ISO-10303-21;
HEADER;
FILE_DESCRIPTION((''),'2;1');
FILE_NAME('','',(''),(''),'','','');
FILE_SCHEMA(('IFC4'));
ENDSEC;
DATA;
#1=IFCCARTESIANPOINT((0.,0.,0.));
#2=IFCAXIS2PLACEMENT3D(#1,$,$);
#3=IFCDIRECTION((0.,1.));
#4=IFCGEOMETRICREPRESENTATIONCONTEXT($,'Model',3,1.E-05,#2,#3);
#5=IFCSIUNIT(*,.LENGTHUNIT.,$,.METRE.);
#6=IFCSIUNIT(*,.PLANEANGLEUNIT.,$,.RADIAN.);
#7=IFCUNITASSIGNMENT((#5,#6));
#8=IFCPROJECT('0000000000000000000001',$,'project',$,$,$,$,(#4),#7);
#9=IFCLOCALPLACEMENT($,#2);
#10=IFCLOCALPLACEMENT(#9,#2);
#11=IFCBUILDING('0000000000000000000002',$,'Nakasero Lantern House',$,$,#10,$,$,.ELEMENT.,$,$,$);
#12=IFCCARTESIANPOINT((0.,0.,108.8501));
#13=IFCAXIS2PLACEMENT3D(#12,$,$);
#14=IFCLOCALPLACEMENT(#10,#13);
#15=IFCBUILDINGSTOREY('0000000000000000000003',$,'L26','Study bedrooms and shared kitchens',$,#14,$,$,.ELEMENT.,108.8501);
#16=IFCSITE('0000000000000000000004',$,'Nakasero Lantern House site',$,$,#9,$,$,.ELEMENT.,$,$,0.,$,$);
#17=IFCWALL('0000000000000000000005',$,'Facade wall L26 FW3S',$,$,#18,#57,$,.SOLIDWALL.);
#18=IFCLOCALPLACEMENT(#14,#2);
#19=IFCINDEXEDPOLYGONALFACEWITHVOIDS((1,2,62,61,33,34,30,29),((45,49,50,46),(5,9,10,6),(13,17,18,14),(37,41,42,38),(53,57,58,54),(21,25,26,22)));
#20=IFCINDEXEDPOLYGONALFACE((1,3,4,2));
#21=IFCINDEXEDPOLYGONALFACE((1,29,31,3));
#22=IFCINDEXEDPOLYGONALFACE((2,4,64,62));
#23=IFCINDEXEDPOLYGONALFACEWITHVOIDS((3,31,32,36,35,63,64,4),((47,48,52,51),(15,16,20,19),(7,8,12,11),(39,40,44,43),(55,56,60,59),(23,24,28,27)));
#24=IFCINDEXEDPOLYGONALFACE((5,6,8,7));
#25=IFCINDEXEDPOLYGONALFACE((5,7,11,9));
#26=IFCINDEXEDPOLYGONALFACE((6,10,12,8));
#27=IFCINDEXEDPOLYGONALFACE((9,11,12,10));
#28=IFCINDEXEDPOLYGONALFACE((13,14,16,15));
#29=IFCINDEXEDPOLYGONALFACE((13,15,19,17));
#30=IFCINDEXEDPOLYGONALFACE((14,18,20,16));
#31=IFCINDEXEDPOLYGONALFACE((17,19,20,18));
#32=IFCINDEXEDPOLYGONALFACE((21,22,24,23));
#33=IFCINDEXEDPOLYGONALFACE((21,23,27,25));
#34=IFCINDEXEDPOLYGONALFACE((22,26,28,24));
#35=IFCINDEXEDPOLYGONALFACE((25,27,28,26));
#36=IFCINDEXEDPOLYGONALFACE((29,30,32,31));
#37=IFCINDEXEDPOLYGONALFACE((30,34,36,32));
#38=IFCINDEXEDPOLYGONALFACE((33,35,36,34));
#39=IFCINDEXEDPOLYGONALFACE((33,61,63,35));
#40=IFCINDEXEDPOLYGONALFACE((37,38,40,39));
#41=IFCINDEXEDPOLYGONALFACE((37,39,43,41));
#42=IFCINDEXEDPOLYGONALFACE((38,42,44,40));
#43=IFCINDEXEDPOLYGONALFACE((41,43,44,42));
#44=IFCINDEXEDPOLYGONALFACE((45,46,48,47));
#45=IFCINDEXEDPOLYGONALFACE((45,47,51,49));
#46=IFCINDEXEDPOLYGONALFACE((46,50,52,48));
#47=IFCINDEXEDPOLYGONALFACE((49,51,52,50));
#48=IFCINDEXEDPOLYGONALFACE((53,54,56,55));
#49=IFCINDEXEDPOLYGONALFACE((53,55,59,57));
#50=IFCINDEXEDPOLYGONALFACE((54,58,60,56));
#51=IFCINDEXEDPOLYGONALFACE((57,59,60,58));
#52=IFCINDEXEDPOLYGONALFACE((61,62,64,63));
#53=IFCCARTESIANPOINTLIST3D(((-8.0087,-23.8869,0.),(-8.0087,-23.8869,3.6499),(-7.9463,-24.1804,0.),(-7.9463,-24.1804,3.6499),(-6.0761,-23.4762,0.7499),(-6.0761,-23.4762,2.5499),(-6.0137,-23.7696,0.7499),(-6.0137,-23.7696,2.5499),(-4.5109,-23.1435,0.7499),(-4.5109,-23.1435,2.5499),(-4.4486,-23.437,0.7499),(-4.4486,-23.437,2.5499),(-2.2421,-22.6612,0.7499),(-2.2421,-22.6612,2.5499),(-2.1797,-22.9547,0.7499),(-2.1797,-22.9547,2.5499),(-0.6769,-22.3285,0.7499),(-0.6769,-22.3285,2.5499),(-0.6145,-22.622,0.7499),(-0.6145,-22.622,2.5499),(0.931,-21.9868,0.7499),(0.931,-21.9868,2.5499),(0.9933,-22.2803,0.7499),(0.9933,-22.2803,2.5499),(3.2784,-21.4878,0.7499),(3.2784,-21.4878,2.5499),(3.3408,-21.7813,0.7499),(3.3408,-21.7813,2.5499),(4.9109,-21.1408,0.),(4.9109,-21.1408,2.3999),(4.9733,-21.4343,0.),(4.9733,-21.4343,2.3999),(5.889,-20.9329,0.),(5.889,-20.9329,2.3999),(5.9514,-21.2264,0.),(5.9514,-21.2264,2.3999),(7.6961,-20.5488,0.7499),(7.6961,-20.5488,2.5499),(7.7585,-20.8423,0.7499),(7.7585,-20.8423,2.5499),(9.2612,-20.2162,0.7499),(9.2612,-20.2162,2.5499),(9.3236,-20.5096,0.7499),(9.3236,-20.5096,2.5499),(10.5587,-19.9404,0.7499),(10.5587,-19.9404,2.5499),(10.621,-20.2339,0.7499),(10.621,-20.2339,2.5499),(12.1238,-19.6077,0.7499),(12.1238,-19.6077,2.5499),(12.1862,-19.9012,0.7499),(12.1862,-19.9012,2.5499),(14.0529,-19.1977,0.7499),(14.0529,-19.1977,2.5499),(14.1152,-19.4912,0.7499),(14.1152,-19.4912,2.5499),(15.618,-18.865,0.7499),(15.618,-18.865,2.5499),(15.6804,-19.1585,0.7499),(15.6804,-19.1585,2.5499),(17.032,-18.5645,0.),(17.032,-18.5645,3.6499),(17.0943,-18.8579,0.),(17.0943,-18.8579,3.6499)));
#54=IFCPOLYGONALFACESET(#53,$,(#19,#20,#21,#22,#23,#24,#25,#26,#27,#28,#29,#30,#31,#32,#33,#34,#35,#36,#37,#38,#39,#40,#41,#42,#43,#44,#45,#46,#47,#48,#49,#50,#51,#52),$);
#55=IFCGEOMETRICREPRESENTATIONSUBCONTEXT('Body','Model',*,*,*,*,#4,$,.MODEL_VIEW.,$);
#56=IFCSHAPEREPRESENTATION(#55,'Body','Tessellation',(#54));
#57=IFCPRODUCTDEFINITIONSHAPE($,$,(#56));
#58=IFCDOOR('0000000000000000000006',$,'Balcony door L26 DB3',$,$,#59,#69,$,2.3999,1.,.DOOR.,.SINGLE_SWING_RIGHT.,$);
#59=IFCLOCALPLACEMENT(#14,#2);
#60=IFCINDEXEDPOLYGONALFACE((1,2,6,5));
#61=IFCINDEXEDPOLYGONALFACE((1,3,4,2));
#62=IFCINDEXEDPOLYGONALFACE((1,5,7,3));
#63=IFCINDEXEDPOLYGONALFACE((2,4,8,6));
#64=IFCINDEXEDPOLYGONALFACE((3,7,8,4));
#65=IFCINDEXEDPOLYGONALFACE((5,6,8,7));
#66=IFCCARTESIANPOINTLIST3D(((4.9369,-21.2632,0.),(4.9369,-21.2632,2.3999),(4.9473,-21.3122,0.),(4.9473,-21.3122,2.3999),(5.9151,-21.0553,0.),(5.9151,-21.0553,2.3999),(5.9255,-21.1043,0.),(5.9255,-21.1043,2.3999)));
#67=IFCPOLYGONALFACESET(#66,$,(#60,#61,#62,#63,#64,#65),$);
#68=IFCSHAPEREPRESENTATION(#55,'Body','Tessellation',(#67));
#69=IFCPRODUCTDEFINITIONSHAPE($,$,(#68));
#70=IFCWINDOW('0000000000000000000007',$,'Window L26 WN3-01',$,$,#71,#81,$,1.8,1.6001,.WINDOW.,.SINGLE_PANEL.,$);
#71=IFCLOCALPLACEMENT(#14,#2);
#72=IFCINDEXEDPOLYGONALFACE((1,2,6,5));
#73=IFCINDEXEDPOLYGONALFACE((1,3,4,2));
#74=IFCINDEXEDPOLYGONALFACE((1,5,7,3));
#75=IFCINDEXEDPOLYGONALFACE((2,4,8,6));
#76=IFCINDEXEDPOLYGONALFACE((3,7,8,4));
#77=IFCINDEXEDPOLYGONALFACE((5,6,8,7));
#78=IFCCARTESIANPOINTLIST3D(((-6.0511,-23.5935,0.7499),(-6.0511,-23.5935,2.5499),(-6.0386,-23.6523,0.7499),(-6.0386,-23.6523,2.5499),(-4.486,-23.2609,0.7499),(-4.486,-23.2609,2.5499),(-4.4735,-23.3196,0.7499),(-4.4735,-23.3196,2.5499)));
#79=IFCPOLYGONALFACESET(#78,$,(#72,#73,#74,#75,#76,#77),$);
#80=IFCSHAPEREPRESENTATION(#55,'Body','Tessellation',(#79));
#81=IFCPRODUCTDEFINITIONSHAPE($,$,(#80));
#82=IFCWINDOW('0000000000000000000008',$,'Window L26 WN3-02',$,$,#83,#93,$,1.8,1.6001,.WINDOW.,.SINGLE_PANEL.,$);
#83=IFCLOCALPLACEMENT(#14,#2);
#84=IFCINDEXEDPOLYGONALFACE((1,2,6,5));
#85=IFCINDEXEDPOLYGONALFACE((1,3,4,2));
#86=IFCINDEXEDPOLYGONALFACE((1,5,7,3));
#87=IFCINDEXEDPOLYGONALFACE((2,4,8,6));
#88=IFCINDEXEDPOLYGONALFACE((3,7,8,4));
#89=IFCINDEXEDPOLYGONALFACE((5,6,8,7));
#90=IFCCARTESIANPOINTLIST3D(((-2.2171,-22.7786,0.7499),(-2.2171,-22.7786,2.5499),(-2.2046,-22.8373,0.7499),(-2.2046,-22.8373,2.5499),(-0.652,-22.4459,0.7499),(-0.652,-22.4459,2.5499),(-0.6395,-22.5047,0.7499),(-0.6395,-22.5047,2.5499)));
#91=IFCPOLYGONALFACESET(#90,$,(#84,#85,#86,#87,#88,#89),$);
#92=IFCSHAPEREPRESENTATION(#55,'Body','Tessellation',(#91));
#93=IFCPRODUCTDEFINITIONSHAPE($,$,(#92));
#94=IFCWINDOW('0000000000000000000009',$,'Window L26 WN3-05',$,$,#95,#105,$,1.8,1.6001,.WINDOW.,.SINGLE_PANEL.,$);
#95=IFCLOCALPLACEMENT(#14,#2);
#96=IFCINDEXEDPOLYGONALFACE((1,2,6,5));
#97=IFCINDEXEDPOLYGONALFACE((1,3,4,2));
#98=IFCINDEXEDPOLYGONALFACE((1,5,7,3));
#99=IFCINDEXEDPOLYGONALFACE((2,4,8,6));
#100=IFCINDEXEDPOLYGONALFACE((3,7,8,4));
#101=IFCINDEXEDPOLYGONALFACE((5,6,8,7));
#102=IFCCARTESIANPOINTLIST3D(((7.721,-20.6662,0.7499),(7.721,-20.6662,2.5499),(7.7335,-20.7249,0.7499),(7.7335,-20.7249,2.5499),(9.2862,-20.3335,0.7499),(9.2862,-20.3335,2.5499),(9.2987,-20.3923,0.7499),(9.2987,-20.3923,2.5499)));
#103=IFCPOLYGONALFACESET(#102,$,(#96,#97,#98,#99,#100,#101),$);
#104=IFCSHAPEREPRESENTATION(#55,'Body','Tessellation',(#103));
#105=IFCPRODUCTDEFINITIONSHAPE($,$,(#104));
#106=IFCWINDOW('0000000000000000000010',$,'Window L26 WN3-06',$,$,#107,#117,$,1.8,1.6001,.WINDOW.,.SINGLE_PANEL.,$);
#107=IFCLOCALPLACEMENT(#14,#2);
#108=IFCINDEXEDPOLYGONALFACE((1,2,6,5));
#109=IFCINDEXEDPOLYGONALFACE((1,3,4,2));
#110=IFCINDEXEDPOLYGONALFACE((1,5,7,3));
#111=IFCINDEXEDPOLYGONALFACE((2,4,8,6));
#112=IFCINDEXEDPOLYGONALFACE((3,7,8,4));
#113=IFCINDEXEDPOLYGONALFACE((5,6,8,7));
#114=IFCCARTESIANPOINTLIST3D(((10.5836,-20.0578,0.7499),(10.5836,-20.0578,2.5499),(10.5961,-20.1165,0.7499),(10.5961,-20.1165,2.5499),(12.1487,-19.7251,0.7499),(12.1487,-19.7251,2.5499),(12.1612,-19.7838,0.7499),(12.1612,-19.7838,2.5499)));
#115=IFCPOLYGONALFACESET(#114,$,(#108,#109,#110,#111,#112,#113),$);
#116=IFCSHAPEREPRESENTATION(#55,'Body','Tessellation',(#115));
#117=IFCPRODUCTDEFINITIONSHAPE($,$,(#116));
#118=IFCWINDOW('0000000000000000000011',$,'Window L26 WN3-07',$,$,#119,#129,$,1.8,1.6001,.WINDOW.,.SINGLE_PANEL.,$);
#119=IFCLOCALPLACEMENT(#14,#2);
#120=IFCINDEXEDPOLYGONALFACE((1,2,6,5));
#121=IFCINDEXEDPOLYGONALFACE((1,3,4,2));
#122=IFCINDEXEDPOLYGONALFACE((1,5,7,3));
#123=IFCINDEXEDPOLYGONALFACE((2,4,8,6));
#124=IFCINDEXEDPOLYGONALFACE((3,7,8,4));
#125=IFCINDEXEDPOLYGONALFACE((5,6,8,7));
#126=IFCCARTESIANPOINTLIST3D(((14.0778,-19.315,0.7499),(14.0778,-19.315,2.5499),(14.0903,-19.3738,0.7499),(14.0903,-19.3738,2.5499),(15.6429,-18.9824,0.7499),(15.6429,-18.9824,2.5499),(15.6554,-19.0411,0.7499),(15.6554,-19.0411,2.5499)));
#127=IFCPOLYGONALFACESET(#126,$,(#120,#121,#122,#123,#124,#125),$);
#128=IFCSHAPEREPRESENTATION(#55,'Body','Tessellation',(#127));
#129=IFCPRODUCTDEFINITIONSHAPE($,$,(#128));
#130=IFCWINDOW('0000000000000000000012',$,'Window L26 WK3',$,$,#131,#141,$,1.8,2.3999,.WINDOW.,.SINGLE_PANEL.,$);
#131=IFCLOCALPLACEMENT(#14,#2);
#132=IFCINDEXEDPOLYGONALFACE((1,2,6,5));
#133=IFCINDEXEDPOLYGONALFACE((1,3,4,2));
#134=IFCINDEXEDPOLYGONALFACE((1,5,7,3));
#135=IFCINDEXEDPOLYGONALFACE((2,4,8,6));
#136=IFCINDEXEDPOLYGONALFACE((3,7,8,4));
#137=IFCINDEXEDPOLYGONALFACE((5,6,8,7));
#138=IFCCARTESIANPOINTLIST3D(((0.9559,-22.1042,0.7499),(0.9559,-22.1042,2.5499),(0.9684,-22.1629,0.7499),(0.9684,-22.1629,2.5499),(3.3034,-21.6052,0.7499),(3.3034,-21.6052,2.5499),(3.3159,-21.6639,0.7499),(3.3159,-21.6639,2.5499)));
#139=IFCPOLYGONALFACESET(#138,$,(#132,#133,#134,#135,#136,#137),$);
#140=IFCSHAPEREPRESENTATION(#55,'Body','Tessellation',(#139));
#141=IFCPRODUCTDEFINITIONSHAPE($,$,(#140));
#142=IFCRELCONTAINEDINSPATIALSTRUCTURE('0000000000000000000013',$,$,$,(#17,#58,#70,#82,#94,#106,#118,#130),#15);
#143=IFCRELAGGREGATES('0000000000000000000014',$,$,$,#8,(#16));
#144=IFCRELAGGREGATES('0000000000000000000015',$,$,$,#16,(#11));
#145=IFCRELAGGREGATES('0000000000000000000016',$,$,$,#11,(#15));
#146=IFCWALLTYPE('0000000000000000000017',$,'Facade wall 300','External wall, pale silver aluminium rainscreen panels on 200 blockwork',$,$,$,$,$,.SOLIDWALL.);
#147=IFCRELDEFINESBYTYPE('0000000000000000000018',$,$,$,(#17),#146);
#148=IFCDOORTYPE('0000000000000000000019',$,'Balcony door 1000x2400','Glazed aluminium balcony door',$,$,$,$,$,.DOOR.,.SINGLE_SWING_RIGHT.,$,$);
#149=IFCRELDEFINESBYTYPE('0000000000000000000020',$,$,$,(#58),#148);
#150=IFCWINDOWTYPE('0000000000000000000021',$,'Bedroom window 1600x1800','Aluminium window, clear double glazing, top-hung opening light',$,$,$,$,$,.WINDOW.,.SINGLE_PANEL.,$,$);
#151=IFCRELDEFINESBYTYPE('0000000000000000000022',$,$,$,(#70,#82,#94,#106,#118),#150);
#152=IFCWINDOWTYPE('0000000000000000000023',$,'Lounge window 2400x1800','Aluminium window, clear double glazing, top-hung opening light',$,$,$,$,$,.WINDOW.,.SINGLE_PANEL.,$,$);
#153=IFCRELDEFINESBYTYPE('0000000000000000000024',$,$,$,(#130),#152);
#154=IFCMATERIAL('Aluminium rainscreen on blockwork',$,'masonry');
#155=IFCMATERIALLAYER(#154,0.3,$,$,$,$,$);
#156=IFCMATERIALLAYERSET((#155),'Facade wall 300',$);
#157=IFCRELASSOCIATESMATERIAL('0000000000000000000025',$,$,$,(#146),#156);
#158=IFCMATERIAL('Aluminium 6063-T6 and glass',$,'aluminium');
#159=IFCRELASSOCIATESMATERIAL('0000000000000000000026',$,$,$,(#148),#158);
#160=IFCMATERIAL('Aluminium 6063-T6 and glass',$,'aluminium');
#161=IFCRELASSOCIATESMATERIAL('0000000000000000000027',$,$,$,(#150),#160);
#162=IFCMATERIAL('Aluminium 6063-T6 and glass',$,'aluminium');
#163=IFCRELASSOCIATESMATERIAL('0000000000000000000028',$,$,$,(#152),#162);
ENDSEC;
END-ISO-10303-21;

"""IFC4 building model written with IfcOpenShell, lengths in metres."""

from ifc_helpers import new_model, si_unit, direction, frame, frame_2d, origin, place, context, subcontext, project, spatial, rectangle, extrude, material, layer, layer_set, type_object, element, fill, save


model = new_model("IFC4")

# Units and contexts
model_context = context("Model", 3, precision=1e-05, world=origin(), true_north=direction((0.0, 1.0)))
body_context = subcontext(model_context, "Body", "Model", "MODEL_VIEW")
ifc_project = project(units=[si_unit("LENGTHUNIT", "METRE"), si_unit("PLANEANGLEUNIT", "RADIAN")], contexts=[model_context])

# Site, building, storey
site_placement = place(None, origin())
site = spatial("IfcSite", under=ifc_project, at=site_placement, Name="Nakasero Lantern House site", CompositionType="ELEMENT", RefElevation=0.0)
building_placement = place(site_placement, origin())
building = spatial("IfcBuilding", under=site, at=building_placement, Name="Nakasero Lantern House", CompositionType="ELEMENT")
storey_placement = place(building_placement, frame((0.0, 0.0, 108.8501)))
storey = spatial("IfcBuildingStorey", under=building, at=storey_placement, Name="L26", Description="Study bedrooms and shared kitchens", CompositionType="ELEMENT", Elevation=108.8501)

# Wall, openings, door, windows
ifc_material_1 = material(Name="Aluminium rainscreen on blockwork", Category="masonry")
ifc_layer_1 = layer(ifc_material_1, 0.3)
ifc_layer_set_1 = layer_set([ifc_layer_1], Name="Facade wall 300")
wall_type_1 = type_object("IfcWallType", Name="Facade wall 300", Description="External wall, pale silver aluminium rainscreen panels on 200 blockwork", PredefinedType="SOLIDWALL", material=ifc_layer_set_1)
wall_1_placement = place(storey_placement, frame((-7.9775, -24.0337, 0.0), z_axis=(0.0, 0.0, 1.0), x_axis=(0.978148, 0.207909, 0.0)))
wall_1 = element("IfcWall", 1, at=wall_1_placement, inside=storey, type_object=wall_type_1, Name="Facade wall L26 FW3S", PredefinedType="SOLIDWALL", context=body_context, shape_type="SweptSolid", body=[
    extrude(rectangle(XDim=25.6001, YDim=0.3, at=frame_2d((12.8, 0.0))), origin(), (0.0, 0.0, 1.0), 3.6499),
])
opening_1_placement = place(wall_1_placement, frame((1.9758, 0.0, 0.75)))
opening_1 = element("IfcOpeningElement", 2, at=opening_1_placement, cuts=wall_1, PredefinedType="OPENING", context=body_context, shape_type="SweptSolid", body=[
    extrude(rectangle(XDim=1.6001, YDim=1.8, at=frame_2d((0.8, 0.8999))), frame((0.0, 0.1699, 0.0), z_axis=(0.0, -1.0, 0.0), x_axis=(1.0, 0.0, 0.0)), (0.0, 0.0, 1.0), 0.3401),
])
opening_2_placement = place(wall_1_placement, frame((5.8955, 0.0, 0.75)))
opening_2 = element("IfcOpeningElement", 3, at=opening_2_placement, cuts=wall_1, PredefinedType="OPENING", context=body_context, shape_type="SweptSolid", body=[
    extrude(rectangle(XDim=1.6001, YDim=1.8, at=frame_2d((0.8, 0.8999))), frame((0.0, 0.1699, 0.0), z_axis=(0.0, -1.0, 0.0), x_axis=(1.0, 0.0, 0.0)), (0.0, 0.0, 1.0), 0.3401),
])
opening_3_placement = place(wall_1_placement, frame((16.0557, 0.0, 0.75)))
opening_3 = element("IfcOpeningElement", 4, at=opening_3_placement, cuts=wall_1, PredefinedType="OPENING", context=body_context, shape_type="SweptSolid", body=[
    extrude(rectangle(XDim=1.6001, YDim=1.8, at=frame_2d((0.8, 0.8999))), frame((0.0, 0.1699, 0.0), z_axis=(0.0, -1.0, 0.0), x_axis=(1.0, 0.0, 0.0)), (0.0, 0.0, 1.0), 0.3401),
])
opening_4_placement = place(wall_1_placement, frame((18.9822, 0.0, 0.75)))
opening_4 = element("IfcOpeningElement", 5, at=opening_4_placement, cuts=wall_1, PredefinedType="OPENING", context=body_context, shape_type="SweptSolid", body=[
    extrude(rectangle(XDim=1.6001, YDim=1.8, at=frame_2d((0.8, 0.8999))), frame((0.0, 0.1699, 0.0), z_axis=(0.0, -1.0, 0.0), x_axis=(1.0, 0.0, 0.0)), (0.0, 0.0, 1.0), 0.3401),
])
opening_5_placement = place(wall_1_placement, frame((22.5544, 0.0, 0.75)))
opening_5 = element("IfcOpeningElement", 6, at=opening_5_placement, cuts=wall_1, PredefinedType="OPENING", context=body_context, shape_type="SweptSolid", body=[
    extrude(rectangle(XDim=1.6001, YDim=1.8, at=frame_2d((0.8, 0.8999))), frame((0.0, 0.1699, 0.0), z_axis=(0.0, -1.0, 0.0), x_axis=(1.0, 0.0, 0.0)), (0.0, 0.0, 1.0), 0.3401),
])
opening_6_placement = place(wall_1_placement, frame((9.1394, 0.0, 0.75)))
opening_6 = element("IfcOpeningElement", 7, at=opening_6_placement, cuts=wall_1, PredefinedType="OPENING", context=body_context, shape_type="SweptSolid", body=[
    extrude(rectangle(XDim=2.3999, YDim=1.8, at=frame_2d((1.2, 0.8999))), frame((0.0, 0.1699, 0.0), z_axis=(0.0, -1.0, 0.0), x_axis=(1.0, 0.0, 0.0)), (0.0, 0.0, 1.0), 0.3401),
])
opening_7_placement = place(wall_1_placement, frame((13.2083, 0.0, 0.0)))
opening_7 = element("IfcOpeningElement", 8, at=opening_7_placement, cuts=wall_1, PredefinedType="OPENING", context=body_context, shape_type="SweptSolid", body=[
    extrude(rectangle(XDim=1.0, YDim=2.3999, at=frame_2d((0.5, 1.2))), frame((0.0, 0.1699, 0.0), z_axis=(0.0, -1.0, 0.0), x_axis=(1.0, 0.0, 0.0)), (0.0, 0.0, 1.0), 0.3401),
])
ifc_material_2 = material(Name="Aluminium 6063-T6 and glass", Category="aluminium")
door_type_1 = type_object("IfcDoorType", Name="Balcony door 1000x2400", Description="Glazed aluminium balcony door", OperationType="SINGLE_SWING_RIGHT", PredefinedType="DOOR", material=ifc_material_2)
door_1_placement = place(opening_7_placement, origin())
door_1 = element("IfcDoor", 9, at=door_1_placement, inside=storey, type_object=door_type_1, Name="Balcony door L26 DB3", OperationType="SINGLE_SWING_RIGHT", OverallHeight=2.3999, OverallWidth=1.0, PredefinedType="DOOR", context=body_context, shape_type="SweptSolid", body=[
    extrude(rectangle(XDim=1.0, YDim=2.3999, at=frame_2d((0.5, 1.2))), frame((0.0, 0.0249, 0.0), z_axis=(0.0, -1.0, 0.0), x_axis=(1.0, 0.0, 0.0)), (0.0, 0.0, 1.0), 0.05),
])
fill(opening_7, door_1)
ifc_material_3 = material(Name="Aluminium 6063-T6 and glass", Category="aluminium")
window_type_1 = type_object("IfcWindowType", Name="Bedroom window 1600x1800", Description="Aluminium window, clear double glazing, top-hung opening light", PartitioningType="SINGLE_PANEL", PredefinedType="WINDOW", material=ifc_material_3)
window_1_placement = place(opening_1_placement, origin())
window_1 = element("IfcWindow", 10, at=window_1_placement, inside=storey, type_object=window_type_1, Name="Window L26 WN3-01", OverallHeight=1.8, OverallWidth=1.6001, PartitioningType="SINGLE_PANEL", PredefinedType="WINDOW", context=body_context, shape_type="SweptSolid", body=[
    extrude(rectangle(XDim=1.6001, YDim=1.8, at=frame_2d((0.8, 0.8999))), frame((0.0, 0.03, 0.0), z_axis=(0.0, -1.0, 0.0), x_axis=(1.0, 0.0, 0.0)), (0.0, 0.0, 1.0), 0.0601),
])
fill(opening_1, window_1)
window_2_placement = place(opening_2_placement, origin())
window_2 = element("IfcWindow", 11, at=window_2_placement, inside=storey, type_object=window_type_1, Name="Window L26 WN3-02", OverallHeight=1.8, OverallWidth=1.6001, PartitioningType="SINGLE_PANEL", PredefinedType="WINDOW", context=body_context, shape_type="SweptSolid", body=[
    extrude(rectangle(XDim=1.6001, YDim=1.8, at=frame_2d((0.8, 0.8999))), frame((0.0, 0.03, 0.0), z_axis=(0.0, -1.0, 0.0), x_axis=(1.0, 0.0, 0.0)), (0.0, 0.0, 1.0), 0.0601),
])
fill(opening_2, window_2)
window_3_placement = place(opening_3_placement, origin())
window_3 = element("IfcWindow", 12, at=window_3_placement, inside=storey, type_object=window_type_1, Name="Window L26 WN3-05", OverallHeight=1.8, OverallWidth=1.6001, PartitioningType="SINGLE_PANEL", PredefinedType="WINDOW", context=body_context, shape_type="SweptSolid", body=[
    extrude(rectangle(XDim=1.6001, YDim=1.8, at=frame_2d((0.8, 0.8999))), frame((0.0, 0.03, 0.0), z_axis=(0.0, -1.0, 0.0), x_axis=(1.0, 0.0, 0.0)), (0.0, 0.0, 1.0), 0.0601),
])
fill(opening_3, window_3)
window_4_placement = place(opening_4_placement, origin())
window_4 = element("IfcWindow", 13, at=window_4_placement, inside=storey, type_object=window_type_1, Name="Window L26 WN3-06", OverallHeight=1.8, OverallWidth=1.6001, PartitioningType="SINGLE_PANEL", PredefinedType="WINDOW", context=body_context, shape_type="SweptSolid", body=[
    extrude(rectangle(XDim=1.6001, YDim=1.8, at=frame_2d((0.8, 0.8999))), frame((0.0, 0.03, 0.0), z_axis=(0.0, -1.0, 0.0), x_axis=(1.0, 0.0, 0.0)), (0.0, 0.0, 1.0), 0.0601),
])
fill(opening_4, window_4)
window_5_placement = place(opening_5_placement, origin())
window_5 = element("IfcWindow", 14, at=window_5_placement, inside=storey, type_object=window_type_1, Name="Window L26 WN3-07", OverallHeight=1.8, OverallWidth=1.6001, PartitioningType="SINGLE_PANEL", PredefinedType="WINDOW", context=body_context, shape_type="SweptSolid", body=[
    extrude(rectangle(XDim=1.6001, YDim=1.8, at=frame_2d((0.8, 0.8999))), frame((0.0, 0.03, 0.0), z_axis=(0.0, -1.0, 0.0), x_axis=(1.0, 0.0, 0.0)), (0.0, 0.0, 1.0), 0.0601),
])
fill(opening_5, window_5)
ifc_material_4 = material(Name="Aluminium 6063-T6 and glass", Category="aluminium")
window_type_2 = type_object("IfcWindowType", Name="Lounge window 2400x1800", Description="Aluminium window, clear double glazing, top-hung opening light", PartitioningType="SINGLE_PANEL", PredefinedType="WINDOW", material=ifc_material_4)
window_6_placement = place(opening_6_placement, origin())
window_6 = element("IfcWindow", 15, at=window_6_placement, inside=storey, type_object=window_type_2, Name="Window L26 WK3", OverallHeight=1.8, OverallWidth=2.3999, PartitioningType="SINGLE_PANEL", PredefinedType="WINDOW", context=body_context, shape_type="SweptSolid", body=[
    extrude(rectangle(XDim=2.3999, YDim=1.8, at=frame_2d((1.2, 0.8999))), frame((0.0, 0.03, 0.0), z_axis=(0.0, -1.0, 0.0), x_axis=(1.0, 0.0, 0.0)), (0.0, 0.0, 1.0), 0.0601),
])
fill(opening_6, window_6)

save(model, "model.ifc")
